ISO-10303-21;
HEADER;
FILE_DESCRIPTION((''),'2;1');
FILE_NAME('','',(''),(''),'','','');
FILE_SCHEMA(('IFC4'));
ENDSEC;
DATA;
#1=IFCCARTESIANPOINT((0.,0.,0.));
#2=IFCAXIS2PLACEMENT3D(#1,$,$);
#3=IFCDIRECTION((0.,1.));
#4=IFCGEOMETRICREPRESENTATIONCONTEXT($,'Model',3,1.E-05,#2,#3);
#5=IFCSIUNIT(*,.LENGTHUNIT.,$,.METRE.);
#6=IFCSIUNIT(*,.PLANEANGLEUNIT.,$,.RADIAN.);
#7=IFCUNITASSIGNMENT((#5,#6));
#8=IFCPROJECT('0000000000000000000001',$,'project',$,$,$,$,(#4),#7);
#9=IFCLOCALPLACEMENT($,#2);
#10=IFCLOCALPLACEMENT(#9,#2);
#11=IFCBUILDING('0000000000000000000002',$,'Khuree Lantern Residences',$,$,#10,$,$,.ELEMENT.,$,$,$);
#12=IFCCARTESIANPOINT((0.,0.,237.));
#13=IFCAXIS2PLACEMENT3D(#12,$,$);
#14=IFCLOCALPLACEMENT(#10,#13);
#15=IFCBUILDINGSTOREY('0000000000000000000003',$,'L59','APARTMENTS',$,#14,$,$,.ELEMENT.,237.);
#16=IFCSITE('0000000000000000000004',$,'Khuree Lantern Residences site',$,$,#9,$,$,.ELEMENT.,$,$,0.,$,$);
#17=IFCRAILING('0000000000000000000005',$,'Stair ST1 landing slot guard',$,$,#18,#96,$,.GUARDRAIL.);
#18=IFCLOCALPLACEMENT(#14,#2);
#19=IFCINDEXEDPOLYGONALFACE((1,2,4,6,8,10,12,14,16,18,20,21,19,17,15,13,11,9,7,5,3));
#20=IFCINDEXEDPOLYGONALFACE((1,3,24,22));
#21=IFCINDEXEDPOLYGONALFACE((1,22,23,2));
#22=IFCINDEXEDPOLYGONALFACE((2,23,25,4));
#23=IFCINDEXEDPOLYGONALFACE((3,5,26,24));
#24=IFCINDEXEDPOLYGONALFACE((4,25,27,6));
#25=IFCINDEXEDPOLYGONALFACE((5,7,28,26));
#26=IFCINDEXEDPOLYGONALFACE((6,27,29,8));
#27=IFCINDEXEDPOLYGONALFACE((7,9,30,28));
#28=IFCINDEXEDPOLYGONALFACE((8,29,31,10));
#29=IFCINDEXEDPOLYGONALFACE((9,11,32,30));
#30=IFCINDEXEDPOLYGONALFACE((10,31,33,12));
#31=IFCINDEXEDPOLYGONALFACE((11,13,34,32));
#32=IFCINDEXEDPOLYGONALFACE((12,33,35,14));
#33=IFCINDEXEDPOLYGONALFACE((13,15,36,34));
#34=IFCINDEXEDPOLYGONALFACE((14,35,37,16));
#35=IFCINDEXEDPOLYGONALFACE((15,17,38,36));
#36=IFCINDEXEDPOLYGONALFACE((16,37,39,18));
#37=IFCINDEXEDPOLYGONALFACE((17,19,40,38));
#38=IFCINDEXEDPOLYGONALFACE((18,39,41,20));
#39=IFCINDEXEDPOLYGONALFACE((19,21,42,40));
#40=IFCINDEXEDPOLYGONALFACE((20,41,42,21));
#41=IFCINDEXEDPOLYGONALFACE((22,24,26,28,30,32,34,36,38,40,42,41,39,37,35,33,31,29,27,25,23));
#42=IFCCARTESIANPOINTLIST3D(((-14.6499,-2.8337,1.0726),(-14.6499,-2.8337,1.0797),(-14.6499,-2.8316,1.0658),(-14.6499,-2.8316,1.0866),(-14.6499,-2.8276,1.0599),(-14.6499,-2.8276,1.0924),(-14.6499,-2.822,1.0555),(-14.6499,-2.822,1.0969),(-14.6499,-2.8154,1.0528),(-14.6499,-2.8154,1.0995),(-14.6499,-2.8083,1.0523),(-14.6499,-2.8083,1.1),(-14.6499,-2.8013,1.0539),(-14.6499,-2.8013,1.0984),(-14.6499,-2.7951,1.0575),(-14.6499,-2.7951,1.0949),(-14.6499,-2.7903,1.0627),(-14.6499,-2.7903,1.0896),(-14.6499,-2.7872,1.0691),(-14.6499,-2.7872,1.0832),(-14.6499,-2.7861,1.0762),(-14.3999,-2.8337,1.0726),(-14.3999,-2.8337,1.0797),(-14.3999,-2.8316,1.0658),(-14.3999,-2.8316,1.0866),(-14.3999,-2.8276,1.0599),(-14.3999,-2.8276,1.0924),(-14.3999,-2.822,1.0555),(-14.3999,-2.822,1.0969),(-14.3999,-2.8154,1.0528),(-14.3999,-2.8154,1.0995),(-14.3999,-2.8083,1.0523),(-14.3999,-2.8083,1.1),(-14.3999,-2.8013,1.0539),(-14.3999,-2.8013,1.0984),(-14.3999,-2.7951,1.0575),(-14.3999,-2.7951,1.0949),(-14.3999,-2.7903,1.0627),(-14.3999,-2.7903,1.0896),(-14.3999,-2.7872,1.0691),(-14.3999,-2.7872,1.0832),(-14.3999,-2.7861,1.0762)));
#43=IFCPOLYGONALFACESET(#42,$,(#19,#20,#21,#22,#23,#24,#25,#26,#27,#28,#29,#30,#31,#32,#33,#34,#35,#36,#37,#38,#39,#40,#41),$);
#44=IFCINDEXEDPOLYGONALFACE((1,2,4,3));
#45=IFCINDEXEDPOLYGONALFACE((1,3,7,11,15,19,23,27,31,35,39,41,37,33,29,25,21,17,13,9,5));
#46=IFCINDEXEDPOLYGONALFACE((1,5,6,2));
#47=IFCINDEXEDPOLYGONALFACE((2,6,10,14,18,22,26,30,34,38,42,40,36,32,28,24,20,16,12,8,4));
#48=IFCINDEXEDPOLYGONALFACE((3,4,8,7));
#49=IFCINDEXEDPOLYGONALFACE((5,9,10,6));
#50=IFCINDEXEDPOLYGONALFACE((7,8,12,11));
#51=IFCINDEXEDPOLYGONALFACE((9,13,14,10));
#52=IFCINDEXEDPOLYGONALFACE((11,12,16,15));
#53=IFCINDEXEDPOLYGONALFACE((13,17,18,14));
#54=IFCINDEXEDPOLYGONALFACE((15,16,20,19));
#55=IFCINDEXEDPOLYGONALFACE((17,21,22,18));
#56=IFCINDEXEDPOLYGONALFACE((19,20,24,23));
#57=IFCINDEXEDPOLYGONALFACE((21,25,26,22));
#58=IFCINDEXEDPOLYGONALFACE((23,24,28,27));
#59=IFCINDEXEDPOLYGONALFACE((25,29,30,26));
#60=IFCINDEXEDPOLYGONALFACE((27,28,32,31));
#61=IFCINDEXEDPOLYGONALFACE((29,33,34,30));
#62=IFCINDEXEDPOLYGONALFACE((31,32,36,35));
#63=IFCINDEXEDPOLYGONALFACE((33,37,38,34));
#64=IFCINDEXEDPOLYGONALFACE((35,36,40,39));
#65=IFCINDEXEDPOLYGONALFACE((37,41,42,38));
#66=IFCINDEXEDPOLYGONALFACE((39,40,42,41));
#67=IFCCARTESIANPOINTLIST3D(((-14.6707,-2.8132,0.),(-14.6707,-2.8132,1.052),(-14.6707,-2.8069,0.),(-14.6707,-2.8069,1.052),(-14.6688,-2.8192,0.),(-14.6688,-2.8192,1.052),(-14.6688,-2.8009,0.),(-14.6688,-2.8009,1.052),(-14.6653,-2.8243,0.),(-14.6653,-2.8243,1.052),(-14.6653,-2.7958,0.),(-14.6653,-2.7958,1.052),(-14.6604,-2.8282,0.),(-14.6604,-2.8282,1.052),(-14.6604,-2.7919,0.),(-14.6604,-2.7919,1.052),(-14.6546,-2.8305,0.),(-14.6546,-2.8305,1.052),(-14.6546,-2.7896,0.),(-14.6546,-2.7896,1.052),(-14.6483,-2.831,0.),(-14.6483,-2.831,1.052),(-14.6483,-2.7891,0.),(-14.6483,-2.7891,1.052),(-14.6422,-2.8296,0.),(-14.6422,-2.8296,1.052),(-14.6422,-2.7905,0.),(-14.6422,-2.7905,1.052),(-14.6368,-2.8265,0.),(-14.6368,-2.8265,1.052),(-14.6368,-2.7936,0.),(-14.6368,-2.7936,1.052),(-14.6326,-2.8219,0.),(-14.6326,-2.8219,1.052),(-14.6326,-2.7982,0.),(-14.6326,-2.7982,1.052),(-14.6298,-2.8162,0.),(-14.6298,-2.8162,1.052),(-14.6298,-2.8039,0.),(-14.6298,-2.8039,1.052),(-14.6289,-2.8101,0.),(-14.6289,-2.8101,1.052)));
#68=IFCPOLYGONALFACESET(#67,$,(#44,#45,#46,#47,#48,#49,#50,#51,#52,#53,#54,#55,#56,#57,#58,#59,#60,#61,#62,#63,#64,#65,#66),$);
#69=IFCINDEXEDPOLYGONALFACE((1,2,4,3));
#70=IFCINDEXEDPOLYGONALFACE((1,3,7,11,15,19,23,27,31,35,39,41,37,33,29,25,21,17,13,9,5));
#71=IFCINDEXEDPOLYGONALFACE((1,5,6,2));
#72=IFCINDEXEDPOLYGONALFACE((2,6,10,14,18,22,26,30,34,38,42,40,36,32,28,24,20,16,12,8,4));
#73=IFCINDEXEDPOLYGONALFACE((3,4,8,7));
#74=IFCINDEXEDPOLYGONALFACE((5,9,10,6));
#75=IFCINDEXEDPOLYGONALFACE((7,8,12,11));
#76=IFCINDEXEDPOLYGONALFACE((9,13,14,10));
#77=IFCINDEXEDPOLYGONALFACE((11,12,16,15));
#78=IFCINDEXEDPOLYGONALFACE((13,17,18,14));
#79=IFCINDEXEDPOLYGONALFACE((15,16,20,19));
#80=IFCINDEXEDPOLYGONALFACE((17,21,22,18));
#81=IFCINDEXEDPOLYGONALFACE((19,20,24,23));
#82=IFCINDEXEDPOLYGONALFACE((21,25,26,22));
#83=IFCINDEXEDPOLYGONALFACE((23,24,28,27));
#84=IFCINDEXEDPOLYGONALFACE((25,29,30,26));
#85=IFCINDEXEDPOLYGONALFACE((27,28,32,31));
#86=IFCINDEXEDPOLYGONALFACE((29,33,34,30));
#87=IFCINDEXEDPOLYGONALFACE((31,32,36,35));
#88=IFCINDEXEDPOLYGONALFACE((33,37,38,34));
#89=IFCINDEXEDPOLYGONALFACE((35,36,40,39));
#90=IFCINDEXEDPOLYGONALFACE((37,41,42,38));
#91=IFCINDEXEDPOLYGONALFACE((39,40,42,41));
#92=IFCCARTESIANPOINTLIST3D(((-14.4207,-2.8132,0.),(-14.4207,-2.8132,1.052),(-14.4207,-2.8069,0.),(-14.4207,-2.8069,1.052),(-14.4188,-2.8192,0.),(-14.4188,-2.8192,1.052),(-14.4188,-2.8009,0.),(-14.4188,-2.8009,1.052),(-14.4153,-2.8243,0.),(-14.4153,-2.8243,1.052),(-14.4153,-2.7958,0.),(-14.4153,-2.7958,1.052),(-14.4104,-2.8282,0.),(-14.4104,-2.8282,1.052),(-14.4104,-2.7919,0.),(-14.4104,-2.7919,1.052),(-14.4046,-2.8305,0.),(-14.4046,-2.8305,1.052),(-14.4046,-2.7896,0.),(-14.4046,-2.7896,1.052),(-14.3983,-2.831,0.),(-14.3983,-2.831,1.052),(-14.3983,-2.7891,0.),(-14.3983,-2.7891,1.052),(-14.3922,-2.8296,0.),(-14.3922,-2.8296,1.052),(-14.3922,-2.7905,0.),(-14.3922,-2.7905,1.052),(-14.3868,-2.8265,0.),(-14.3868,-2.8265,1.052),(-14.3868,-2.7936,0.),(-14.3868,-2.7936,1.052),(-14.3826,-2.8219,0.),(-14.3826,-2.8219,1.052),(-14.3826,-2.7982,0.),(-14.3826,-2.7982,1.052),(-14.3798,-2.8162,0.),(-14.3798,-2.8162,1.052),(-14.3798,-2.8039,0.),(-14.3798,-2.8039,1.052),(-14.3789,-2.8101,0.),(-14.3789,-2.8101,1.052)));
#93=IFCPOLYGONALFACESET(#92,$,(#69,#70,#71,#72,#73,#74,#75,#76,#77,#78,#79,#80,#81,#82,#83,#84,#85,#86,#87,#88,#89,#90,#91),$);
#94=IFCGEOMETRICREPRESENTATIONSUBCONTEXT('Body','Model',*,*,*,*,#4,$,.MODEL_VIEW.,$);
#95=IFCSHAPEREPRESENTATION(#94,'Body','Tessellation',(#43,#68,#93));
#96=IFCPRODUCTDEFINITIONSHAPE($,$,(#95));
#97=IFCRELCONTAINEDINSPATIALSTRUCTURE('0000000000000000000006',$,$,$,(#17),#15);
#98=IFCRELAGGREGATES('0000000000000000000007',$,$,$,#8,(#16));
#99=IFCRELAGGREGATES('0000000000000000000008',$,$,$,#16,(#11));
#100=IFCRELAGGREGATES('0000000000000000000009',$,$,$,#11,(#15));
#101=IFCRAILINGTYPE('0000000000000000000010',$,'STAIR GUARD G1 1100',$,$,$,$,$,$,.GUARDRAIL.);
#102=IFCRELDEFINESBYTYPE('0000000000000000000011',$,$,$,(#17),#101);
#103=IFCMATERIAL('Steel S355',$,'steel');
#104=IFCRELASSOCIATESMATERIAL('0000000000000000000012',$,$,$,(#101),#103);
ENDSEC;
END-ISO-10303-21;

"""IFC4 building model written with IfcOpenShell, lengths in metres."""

from ifc_helpers import new_model, si_unit, direction, frame, origin, origin_2d, place, context, subcontext, project, spatial, circle, extrude, material, type_object, element, save


model = new_model("IFC4")

# Units and contexts
model_context = context("Model", 3, precision=1e-05, world=origin(), true_north=direction((0.0, 1.0)))
body_context = subcontext(model_context, "Body", "Model", "MODEL_VIEW")
ifc_project = project(units=[si_unit("LENGTHUNIT", "METRE"), si_unit("PLANEANGLEUNIT", "RADIAN")], contexts=[model_context])

# Site, building, storey
site_placement = place(None, origin())
site = spatial("IfcSite", under=ifc_project, at=site_placement, Name="Khuree Lantern Residences site", CompositionType="ELEMENT", RefElevation=0.0)
building_placement = place(site_placement, origin())
building = spatial("IfcBuilding", under=site, at=building_placement, Name="Khuree Lantern Residences", CompositionType="ELEMENT")
storey_placement = place(building_placement, frame((0.0, 0.0, 237.0)))
storey = spatial("IfcBuildingStorey", under=building, at=storey_placement, Name="L59", Description="APARTMENTS", CompositionType="ELEMENT", Elevation=237.0)

# Railing
ifc_material_1 = material(Name="Steel S355", Category="steel")
railing_type_1 = type_object("IfcRailingType", Name="STAIR GUARD G1 1100", PredefinedType="GUARDRAIL", material=ifc_material_1)
railing_1_placement = place(storey_placement, frame((-14.6499, -2.8101, 0.0)))
element("IfcRailing", 1, at=railing_1_placement, inside=storey, type_object=railing_type_1, Name="Stair ST1 landing slot guard", PredefinedType="GUARDRAIL", context=body_context, shape_type="SweptSolid", body=[
    extrude(circle(Radius=0.0239, at=origin_2d()), frame((0.0, 0.0, 1.0762), z_axis=(1.0, 0.0, 0.0), x_axis=(0.0, 1.0, 0.0)), (0.0, 0.0, 1.0), 0.25),
    extrude(circle(Radius=0.021, at=origin_2d()), origin(), (0.0, 0.0, 1.0), 1.052),
    extrude(circle(Radius=0.021, at=origin_2d()), frame((0.25, 0.0, 0.0)), (0.0, 0.0, 1.0), 1.052),
])

save(model, "model.ifc")
